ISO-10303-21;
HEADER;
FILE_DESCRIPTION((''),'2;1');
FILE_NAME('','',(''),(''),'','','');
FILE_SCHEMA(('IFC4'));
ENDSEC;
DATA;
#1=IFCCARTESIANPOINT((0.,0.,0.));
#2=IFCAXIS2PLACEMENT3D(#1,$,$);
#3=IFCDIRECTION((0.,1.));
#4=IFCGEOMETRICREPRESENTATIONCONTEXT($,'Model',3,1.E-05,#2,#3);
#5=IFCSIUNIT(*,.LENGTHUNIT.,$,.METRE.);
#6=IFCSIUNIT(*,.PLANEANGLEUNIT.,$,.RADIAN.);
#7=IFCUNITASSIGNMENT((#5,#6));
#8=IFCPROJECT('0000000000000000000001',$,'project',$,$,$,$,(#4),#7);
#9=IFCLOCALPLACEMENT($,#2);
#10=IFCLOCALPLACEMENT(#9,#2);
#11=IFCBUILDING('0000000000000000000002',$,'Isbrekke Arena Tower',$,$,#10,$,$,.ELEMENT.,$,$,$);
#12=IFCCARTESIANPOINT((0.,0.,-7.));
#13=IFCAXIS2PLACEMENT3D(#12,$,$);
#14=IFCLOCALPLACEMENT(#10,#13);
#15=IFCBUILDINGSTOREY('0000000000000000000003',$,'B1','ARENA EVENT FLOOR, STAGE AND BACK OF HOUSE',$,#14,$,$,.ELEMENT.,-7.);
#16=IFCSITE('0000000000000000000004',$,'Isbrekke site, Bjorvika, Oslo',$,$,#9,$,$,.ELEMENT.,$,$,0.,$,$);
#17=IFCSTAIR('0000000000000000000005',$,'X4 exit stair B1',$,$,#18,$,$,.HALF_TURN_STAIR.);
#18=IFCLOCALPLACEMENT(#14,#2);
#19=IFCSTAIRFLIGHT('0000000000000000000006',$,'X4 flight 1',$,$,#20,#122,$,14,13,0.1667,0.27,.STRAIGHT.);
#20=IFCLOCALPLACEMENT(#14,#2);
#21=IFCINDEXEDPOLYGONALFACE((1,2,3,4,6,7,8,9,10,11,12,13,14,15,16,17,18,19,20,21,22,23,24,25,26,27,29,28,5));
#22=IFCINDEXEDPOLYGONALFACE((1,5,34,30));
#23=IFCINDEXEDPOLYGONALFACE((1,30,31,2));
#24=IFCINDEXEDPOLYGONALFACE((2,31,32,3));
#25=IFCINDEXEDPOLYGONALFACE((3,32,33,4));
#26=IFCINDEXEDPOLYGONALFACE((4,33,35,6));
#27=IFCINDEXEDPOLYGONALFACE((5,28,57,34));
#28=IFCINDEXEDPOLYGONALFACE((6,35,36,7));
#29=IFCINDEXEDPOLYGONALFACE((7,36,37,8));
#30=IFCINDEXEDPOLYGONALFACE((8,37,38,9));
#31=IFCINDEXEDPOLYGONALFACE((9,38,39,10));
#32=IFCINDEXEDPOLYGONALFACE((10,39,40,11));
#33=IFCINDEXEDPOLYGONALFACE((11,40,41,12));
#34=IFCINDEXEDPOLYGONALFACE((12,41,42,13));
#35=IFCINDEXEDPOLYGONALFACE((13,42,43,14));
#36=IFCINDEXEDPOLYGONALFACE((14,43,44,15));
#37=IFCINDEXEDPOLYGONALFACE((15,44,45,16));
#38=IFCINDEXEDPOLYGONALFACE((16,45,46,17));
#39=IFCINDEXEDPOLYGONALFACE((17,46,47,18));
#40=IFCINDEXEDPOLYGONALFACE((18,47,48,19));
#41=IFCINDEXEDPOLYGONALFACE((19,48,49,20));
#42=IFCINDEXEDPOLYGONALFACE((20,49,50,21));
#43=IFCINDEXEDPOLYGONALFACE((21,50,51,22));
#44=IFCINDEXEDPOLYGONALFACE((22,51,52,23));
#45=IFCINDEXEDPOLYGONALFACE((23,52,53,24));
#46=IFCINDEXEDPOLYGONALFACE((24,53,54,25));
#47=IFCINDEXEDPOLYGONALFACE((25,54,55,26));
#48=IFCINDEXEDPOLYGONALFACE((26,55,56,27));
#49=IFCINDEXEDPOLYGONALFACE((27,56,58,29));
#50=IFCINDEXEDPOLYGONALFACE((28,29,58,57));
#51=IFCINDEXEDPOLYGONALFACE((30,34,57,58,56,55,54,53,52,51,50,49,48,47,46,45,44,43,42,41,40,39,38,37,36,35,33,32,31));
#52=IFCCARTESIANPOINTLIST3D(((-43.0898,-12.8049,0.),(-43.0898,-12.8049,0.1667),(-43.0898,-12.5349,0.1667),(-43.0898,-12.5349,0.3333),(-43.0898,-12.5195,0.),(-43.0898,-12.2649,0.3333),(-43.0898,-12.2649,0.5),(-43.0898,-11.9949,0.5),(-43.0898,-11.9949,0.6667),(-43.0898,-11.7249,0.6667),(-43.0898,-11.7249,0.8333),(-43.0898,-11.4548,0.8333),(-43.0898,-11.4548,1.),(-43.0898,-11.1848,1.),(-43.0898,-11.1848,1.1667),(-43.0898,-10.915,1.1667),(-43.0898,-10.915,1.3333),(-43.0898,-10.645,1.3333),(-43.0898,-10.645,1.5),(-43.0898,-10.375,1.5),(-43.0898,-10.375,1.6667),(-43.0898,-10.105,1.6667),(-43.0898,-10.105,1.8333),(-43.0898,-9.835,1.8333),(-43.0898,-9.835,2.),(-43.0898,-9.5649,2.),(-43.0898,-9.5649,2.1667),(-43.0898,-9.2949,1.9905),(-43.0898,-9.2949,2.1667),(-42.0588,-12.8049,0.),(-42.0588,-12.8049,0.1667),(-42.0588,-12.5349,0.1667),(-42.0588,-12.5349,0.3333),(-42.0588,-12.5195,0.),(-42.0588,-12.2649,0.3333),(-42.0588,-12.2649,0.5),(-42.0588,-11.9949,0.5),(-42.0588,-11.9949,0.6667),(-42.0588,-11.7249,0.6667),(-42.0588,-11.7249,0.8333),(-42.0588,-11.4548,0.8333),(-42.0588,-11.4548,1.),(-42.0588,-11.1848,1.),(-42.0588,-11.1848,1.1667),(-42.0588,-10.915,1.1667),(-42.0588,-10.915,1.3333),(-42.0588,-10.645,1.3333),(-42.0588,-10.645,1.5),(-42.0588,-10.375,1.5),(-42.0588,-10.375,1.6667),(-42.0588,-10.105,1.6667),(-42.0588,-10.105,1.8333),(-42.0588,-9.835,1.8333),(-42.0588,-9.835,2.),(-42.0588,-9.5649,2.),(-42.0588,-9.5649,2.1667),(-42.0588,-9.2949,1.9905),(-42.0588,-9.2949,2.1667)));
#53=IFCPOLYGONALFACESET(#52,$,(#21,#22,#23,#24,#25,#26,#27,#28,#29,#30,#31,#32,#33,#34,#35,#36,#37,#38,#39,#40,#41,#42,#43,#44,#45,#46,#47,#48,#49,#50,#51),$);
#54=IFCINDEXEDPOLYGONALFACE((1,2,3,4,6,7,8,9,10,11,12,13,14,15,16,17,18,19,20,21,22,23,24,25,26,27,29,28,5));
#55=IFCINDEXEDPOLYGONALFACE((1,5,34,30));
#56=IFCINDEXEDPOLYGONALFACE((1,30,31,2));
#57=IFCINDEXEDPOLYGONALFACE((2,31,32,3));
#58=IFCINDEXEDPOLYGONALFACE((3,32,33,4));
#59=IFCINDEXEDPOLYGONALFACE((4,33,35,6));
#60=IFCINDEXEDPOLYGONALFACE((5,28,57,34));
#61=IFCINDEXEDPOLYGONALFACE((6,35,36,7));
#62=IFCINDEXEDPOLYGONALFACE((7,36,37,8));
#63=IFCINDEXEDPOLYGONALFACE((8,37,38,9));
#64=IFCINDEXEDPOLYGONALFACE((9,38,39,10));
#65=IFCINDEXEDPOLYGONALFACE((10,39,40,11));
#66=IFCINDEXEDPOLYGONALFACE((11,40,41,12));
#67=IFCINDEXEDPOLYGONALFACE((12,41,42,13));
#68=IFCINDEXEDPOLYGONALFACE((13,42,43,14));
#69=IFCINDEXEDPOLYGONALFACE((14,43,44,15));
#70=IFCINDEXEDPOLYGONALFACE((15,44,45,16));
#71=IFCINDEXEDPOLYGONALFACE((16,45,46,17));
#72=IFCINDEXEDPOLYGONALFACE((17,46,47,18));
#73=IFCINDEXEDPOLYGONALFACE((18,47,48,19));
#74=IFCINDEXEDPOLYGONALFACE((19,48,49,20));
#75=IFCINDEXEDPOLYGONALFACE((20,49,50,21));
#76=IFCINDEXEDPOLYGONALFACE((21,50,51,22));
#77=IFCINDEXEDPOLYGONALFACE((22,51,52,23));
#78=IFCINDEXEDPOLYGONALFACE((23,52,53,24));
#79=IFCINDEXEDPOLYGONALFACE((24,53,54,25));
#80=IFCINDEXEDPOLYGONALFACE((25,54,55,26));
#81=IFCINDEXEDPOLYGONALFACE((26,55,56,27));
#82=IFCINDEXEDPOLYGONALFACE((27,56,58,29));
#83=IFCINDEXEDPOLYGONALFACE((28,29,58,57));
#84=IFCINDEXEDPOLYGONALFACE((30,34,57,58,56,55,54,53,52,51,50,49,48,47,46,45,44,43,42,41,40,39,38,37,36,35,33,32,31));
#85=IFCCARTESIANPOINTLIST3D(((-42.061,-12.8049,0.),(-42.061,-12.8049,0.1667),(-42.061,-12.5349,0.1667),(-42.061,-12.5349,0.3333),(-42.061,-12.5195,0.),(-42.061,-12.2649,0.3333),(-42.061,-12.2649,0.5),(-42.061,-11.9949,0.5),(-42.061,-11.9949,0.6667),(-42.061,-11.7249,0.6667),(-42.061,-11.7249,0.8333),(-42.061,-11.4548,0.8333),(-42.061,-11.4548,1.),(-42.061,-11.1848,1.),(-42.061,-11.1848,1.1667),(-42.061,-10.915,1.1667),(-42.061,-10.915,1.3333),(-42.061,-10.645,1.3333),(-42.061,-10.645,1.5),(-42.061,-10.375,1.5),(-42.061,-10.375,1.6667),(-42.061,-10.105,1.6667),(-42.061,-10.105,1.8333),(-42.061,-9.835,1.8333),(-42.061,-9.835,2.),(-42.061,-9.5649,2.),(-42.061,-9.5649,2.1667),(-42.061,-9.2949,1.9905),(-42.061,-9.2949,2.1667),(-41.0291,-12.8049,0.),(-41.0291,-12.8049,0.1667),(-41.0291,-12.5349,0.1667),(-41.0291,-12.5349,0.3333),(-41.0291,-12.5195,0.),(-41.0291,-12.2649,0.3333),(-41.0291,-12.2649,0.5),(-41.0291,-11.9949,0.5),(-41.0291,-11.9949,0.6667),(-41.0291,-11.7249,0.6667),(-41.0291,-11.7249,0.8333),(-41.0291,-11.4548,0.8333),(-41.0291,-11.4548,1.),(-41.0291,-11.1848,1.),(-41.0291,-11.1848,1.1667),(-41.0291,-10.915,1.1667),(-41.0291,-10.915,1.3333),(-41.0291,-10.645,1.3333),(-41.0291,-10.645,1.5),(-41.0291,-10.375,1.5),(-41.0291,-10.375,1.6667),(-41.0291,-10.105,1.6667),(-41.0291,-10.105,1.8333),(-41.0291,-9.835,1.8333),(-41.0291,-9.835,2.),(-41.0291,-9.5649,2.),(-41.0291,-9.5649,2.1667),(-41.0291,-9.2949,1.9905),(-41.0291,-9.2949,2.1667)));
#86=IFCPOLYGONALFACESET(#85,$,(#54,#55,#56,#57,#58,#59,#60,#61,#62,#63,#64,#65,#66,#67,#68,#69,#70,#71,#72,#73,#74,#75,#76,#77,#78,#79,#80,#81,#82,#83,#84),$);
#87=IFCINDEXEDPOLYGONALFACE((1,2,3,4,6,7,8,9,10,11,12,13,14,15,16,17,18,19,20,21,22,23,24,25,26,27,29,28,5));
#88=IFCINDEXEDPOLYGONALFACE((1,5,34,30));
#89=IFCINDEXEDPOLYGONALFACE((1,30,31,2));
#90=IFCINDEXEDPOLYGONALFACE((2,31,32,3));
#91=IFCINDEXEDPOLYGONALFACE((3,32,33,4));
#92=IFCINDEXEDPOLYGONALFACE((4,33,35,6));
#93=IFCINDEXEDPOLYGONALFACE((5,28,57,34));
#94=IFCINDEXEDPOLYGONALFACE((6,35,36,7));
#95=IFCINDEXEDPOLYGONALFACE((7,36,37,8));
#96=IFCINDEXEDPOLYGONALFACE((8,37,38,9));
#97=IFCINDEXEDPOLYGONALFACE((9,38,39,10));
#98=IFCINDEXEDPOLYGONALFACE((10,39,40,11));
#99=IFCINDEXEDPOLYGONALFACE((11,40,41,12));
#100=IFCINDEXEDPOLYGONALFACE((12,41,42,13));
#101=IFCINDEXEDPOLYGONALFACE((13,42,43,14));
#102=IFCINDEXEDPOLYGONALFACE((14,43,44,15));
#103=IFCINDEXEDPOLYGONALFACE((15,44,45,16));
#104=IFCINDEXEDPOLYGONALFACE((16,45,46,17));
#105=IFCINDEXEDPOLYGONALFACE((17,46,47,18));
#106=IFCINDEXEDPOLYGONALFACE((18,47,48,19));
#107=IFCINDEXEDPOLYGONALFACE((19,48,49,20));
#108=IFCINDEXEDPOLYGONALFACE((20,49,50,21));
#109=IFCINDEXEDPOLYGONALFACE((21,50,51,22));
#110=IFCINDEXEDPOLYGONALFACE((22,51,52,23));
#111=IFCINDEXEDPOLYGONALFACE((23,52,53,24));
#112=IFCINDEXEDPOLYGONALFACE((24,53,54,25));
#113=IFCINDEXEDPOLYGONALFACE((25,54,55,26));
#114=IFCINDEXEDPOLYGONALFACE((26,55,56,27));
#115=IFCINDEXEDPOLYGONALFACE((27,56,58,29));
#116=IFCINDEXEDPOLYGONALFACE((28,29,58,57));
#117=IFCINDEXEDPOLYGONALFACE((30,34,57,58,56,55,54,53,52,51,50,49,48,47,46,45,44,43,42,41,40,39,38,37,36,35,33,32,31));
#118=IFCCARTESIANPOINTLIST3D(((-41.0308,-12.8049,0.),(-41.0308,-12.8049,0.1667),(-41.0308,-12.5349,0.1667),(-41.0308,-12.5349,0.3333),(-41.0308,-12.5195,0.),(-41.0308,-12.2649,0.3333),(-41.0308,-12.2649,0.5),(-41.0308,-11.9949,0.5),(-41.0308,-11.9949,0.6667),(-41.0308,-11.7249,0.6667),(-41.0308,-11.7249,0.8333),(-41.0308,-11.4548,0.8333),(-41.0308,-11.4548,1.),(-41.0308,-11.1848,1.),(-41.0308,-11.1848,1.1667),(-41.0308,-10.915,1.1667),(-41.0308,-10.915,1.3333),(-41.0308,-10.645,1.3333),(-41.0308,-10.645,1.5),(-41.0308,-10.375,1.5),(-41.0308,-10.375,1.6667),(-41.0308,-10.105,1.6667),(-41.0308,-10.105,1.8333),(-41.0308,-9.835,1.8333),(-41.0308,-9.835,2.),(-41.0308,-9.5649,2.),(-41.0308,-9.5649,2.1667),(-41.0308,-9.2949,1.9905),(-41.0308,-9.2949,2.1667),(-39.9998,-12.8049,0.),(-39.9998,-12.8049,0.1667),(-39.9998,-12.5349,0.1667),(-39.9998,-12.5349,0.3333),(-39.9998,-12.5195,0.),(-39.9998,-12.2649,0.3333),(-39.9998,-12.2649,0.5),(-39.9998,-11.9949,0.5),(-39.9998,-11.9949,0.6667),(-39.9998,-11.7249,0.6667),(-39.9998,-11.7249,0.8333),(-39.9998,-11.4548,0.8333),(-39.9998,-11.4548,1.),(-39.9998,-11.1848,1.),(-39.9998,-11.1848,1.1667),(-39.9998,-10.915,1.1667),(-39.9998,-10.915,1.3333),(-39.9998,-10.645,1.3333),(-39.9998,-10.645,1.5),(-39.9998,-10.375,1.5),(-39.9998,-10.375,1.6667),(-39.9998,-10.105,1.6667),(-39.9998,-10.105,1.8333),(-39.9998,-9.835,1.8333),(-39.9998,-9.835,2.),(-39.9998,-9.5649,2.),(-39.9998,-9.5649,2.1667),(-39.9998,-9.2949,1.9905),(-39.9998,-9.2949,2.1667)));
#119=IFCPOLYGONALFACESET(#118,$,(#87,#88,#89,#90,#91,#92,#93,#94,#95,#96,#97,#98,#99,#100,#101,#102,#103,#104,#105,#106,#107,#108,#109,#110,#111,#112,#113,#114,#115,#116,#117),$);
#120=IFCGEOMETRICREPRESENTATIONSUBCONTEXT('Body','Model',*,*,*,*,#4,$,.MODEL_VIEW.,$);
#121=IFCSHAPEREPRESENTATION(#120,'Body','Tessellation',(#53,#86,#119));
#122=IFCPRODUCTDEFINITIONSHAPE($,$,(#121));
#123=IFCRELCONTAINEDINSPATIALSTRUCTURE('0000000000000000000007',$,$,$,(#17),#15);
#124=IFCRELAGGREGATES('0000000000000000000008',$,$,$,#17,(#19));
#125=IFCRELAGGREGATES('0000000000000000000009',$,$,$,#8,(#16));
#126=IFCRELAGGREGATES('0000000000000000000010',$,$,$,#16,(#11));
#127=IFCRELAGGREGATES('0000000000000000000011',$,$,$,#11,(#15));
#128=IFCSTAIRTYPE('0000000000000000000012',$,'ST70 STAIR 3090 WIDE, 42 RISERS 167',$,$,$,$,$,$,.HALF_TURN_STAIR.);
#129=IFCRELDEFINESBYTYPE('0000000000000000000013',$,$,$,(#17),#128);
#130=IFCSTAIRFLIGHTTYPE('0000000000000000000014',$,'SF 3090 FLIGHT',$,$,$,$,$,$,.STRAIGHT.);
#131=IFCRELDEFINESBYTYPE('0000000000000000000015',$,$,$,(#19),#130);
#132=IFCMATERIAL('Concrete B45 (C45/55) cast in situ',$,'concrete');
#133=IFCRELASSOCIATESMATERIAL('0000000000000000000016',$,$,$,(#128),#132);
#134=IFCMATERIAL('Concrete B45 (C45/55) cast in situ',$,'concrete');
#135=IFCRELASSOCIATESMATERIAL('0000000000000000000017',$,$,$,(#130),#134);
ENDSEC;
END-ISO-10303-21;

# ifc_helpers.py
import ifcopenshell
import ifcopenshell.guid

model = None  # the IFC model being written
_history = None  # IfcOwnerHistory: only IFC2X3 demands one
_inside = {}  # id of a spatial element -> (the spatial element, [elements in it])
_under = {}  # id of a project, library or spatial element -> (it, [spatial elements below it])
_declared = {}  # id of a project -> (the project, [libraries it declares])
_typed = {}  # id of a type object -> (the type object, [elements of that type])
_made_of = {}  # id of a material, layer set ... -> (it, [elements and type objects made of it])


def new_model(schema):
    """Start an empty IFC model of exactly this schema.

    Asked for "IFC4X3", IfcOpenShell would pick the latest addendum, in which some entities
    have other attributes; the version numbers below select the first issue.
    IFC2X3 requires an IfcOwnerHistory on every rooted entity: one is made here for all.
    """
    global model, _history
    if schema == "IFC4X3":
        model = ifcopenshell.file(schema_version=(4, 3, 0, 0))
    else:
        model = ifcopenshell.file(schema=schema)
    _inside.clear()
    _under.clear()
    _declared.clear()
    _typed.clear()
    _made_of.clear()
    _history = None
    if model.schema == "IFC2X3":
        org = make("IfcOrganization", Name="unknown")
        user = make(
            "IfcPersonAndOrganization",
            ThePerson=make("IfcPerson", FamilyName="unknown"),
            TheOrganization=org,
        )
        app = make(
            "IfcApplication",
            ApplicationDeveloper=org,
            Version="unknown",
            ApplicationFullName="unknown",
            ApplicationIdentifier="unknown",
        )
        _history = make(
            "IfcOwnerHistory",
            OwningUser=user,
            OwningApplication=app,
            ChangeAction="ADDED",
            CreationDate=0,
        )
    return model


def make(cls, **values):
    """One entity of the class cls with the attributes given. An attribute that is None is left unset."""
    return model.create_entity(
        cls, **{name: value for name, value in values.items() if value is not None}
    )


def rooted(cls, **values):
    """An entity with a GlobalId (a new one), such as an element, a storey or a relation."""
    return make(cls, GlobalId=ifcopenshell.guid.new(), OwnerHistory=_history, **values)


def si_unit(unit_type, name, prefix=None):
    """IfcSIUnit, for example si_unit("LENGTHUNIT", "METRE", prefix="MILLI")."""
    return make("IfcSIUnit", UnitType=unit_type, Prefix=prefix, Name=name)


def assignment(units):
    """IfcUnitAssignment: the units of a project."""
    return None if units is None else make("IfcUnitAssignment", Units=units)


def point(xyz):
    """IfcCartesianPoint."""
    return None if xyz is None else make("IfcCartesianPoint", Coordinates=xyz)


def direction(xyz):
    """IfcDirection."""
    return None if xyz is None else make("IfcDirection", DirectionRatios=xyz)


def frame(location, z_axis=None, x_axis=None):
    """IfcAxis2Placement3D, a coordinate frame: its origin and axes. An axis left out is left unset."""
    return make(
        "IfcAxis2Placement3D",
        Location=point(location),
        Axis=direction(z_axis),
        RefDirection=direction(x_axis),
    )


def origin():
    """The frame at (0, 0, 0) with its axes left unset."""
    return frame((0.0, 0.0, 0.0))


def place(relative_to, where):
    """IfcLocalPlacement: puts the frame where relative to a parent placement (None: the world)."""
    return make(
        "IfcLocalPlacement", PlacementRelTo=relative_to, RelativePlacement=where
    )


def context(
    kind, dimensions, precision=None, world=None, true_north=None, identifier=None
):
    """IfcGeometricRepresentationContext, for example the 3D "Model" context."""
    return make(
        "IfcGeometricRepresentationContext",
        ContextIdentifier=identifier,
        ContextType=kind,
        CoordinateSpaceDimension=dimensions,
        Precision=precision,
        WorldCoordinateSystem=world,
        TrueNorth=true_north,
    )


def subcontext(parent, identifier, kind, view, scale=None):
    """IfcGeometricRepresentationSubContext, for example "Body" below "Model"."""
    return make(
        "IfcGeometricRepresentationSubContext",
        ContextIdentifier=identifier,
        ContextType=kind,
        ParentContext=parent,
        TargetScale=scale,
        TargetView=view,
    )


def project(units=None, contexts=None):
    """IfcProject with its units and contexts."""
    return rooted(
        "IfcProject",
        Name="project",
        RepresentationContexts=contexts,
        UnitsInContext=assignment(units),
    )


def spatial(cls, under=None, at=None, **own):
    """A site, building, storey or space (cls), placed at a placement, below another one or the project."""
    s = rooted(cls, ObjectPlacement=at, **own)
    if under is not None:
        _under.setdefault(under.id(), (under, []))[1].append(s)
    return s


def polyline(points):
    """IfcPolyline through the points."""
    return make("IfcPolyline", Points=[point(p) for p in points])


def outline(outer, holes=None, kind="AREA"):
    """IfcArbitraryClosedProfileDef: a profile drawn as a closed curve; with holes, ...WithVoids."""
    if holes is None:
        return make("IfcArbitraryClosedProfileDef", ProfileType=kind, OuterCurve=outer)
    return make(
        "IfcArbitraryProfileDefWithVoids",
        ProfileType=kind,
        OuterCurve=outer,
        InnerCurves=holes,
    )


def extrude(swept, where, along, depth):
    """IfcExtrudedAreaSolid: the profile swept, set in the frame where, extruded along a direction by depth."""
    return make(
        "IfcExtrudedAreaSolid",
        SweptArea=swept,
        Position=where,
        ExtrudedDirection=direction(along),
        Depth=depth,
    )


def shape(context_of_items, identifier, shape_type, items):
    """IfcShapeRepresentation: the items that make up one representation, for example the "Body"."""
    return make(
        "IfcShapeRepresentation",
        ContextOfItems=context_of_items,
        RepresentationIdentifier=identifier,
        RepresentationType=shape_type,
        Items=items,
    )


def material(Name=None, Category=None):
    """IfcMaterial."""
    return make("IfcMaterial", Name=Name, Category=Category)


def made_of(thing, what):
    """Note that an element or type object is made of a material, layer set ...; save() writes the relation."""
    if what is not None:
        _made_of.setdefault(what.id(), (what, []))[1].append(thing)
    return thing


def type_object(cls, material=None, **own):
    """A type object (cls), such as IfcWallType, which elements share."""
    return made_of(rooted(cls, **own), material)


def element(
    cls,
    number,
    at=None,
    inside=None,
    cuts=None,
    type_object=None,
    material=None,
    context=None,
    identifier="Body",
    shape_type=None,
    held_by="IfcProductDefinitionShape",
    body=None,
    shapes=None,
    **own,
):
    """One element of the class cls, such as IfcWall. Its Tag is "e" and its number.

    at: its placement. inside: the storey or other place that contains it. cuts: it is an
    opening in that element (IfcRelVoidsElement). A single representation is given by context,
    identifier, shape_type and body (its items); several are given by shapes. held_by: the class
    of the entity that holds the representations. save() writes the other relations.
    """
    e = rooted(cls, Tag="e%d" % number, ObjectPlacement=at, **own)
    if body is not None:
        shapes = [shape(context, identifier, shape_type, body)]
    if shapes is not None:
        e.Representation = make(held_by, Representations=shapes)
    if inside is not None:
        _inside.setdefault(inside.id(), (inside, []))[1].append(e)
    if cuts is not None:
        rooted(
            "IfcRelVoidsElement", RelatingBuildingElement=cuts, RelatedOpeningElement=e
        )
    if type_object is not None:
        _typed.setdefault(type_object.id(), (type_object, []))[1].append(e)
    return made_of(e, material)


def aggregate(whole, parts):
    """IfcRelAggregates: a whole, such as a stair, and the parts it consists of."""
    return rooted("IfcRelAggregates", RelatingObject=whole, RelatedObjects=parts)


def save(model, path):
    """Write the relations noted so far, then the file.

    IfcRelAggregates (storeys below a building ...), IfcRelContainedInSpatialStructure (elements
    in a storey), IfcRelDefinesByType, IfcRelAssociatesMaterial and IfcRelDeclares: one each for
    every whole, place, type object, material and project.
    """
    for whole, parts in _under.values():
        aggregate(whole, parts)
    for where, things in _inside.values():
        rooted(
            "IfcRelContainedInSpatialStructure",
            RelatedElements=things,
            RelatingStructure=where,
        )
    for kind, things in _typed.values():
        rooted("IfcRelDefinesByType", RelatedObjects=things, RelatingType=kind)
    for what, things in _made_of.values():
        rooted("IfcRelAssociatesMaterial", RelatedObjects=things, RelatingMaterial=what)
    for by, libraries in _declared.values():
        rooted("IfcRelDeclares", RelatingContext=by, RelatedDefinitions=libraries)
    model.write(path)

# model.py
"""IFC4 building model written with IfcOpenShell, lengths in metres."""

from ifc_helpers import new_model, si_unit, direction, frame, origin, place, context, subcontext, project, spatial, polyline, outline, extrude, material, type_object, element, aggregate, save


model = new_model("IFC4")

# Units and contexts
model_context = context("Model", 3, precision=1e-05, world=origin(), true_north=direction((0.0, 1.0)))
body_context = subcontext(model_context, "Body", "Model", "MODEL_VIEW")
ifc_project = project(units=[si_unit("LENGTHUNIT", "METRE"), si_unit("PLANEANGLEUNIT", "RADIAN")], contexts=[model_context])

# Site, building, storey
site_placement = place(None, origin())
site = spatial("IfcSite", under=ifc_project, at=site_placement, Name="Isbrekke site, Bjorvika, Oslo", CompositionType="ELEMENT", RefElevation=0.0)
building_placement = place(site_placement, origin())
building = spatial("IfcBuilding", under=site, at=building_placement, Name="Isbrekke Arena Tower", CompositionType="ELEMENT")
storey_placement = place(building_placement, frame((0.0, 0.0, -7.0)))
storey = spatial("IfcBuildingStorey", under=building, at=storey_placement, Name="B1", Description="ARENA EVENT FLOOR, STAGE AND BACK OF HOUSE", CompositionType="ELEMENT", Elevation=-7.0)

# Stair, stair flight
ifc_material_1 = material(Name="Concrete B45 (C45/55) cast in situ", Category="concrete")
stair_type = type_object("IfcStairType", Name="ST70 STAIR 3090 WIDE, 42 RISERS 167", PredefinedType="HALF_TURN_STAIR", material=ifc_material_1)
ifc_material_2 = material(Name="Concrete B45 (C45/55) cast in situ", Category="concrete")
stair_flight_type = type_object("IfcStairFlightType", Name="SF 3090 FLIGHT", PredefinedType="STRAIGHT", material=ifc_material_2)
stair_1_placement = place(storey_placement, origin())
stair_1 = element("IfcStair", 1, at=stair_1_placement, inside=storey, type_object=stair_type, Name="X4 exit stair B1", PredefinedType="HALF_TURN_STAIR")
stair_flight_1_placement = place(storey_placement, frame((-41.5449, -12.8049, 0.0), z_axis=(0.0, 0.0, 1.0), x_axis=(0.0, 1.0, 0.0)))
stair_flight_1 = element("IfcStairFlight", 2, at=stair_flight_1_placement, type_object=stair_flight_type, Name="X4 flight 1", NumberOfRisers=14, NumberOfTreads=13, PredefinedType="STRAIGHT", RiserHeight=0.1667, TreadLength=0.27, context=body_context, shape_type="SweptSolid", body=[
    extrude(outline(polyline([(0.0, 0.0), (0.0, 0.1667), (0.27, 0.1667), (0.27, 0.3333), (0.54, 0.3333), (0.54, 0.5), (0.8101, 0.5), (0.8101, 0.6667), (1.0801, 0.6667), (1.0801, 0.8333), (1.3501, 0.8333), (1.3501, 1.0), (1.6201, 1.0), (1.6201, 1.1667), (1.8899, 1.1667), (1.8899, 1.3333), (2.1599, 1.3333), (2.1599, 1.5), (2.4299, 1.5), (2.4299, 1.6667), (2.7, 1.6667), (2.7, 1.8333), (2.97, 1.8333), (2.97, 2.0), (3.24, 2.0), (3.24, 2.1667), (3.51, 2.1667), (3.51, 2.3333), (3.51, 1.9905), (0.2854, 0.0), (0.0, 0.0)])), frame((0.0, 1.5449, 0.0), z_axis=(0.0, -1.0, 0.0), x_axis=(1.0, 0.0, 0.0)), (0.0, 0.0, 1.0), 1.031),
    extrude(outline(polyline([(0.0, 0.0), (0.0, 0.1667), (0.27, 0.1667), (0.27, 0.3333), (0.54, 0.3333), (0.54, 0.5), (0.8101, 0.5), (0.8101, 0.6667), (1.0801, 0.6667), (1.0801, 0.8333), (1.3501, 0.8333), (1.3501, 1.0), (1.6201, 1.0), (1.6201, 1.1667), (1.8899, 1.1667), (1.8899, 1.3333), (2.1599, 1.3333), (2.1599, 1.5), (2.4299, 1.5), (2.4299, 1.6667), (2.7, 1.6667), (2.7, 1.8333), (2.97, 1.8333), (2.97, 2.0), (3.24, 2.0), (3.24, 2.1667), (3.51, 2.1667), (3.51, 2.3333), (3.51, 1.9905), (0.2854, 0.0), (0.0, 0.0)])), frame((0.0, 0.5161, 0.0), z_axis=(0.0, -1.0, 0.0), x_axis=(1.0, 0.0, 0.0)), (0.0, 0.0, 1.0), 1.032),
    extrude(outline(polyline([(0.0, 0.0), (0.0, 0.1667), (0.27, 0.1667), (0.27, 0.3333), (0.54, 0.3333), (0.54, 0.5), (0.8101, 0.5), (0.8101, 0.6667), (1.0801, 0.6667), (1.0801, 0.8333), (1.3501, 0.8333), (1.3501, 1.0), (1.6201, 1.0), (1.6201, 1.1667), (1.8899, 1.1667), (1.8899, 1.3333), (2.1599, 1.3333), (2.1599, 1.5), (2.4299, 1.5), (2.4299, 1.6667), (2.7, 1.6667), (2.7, 1.8333), (2.97, 1.8333), (2.97, 2.0), (3.24, 2.0), (3.24, 2.1667), (3.51, 2.1667), (3.51, 2.3333), (3.51, 1.9905), (0.2854, 0.0), (0.0, 0.0)])), frame((0.0, -0.5142, 0.0), z_axis=(0.0, -1.0, 0.0), x_axis=(1.0, 0.0, 0.0)), (0.0, 0.0, 1.0), 1.031),
])
aggregate(stair_1, [stair_flight_1])

save(model, "model.ifc")
